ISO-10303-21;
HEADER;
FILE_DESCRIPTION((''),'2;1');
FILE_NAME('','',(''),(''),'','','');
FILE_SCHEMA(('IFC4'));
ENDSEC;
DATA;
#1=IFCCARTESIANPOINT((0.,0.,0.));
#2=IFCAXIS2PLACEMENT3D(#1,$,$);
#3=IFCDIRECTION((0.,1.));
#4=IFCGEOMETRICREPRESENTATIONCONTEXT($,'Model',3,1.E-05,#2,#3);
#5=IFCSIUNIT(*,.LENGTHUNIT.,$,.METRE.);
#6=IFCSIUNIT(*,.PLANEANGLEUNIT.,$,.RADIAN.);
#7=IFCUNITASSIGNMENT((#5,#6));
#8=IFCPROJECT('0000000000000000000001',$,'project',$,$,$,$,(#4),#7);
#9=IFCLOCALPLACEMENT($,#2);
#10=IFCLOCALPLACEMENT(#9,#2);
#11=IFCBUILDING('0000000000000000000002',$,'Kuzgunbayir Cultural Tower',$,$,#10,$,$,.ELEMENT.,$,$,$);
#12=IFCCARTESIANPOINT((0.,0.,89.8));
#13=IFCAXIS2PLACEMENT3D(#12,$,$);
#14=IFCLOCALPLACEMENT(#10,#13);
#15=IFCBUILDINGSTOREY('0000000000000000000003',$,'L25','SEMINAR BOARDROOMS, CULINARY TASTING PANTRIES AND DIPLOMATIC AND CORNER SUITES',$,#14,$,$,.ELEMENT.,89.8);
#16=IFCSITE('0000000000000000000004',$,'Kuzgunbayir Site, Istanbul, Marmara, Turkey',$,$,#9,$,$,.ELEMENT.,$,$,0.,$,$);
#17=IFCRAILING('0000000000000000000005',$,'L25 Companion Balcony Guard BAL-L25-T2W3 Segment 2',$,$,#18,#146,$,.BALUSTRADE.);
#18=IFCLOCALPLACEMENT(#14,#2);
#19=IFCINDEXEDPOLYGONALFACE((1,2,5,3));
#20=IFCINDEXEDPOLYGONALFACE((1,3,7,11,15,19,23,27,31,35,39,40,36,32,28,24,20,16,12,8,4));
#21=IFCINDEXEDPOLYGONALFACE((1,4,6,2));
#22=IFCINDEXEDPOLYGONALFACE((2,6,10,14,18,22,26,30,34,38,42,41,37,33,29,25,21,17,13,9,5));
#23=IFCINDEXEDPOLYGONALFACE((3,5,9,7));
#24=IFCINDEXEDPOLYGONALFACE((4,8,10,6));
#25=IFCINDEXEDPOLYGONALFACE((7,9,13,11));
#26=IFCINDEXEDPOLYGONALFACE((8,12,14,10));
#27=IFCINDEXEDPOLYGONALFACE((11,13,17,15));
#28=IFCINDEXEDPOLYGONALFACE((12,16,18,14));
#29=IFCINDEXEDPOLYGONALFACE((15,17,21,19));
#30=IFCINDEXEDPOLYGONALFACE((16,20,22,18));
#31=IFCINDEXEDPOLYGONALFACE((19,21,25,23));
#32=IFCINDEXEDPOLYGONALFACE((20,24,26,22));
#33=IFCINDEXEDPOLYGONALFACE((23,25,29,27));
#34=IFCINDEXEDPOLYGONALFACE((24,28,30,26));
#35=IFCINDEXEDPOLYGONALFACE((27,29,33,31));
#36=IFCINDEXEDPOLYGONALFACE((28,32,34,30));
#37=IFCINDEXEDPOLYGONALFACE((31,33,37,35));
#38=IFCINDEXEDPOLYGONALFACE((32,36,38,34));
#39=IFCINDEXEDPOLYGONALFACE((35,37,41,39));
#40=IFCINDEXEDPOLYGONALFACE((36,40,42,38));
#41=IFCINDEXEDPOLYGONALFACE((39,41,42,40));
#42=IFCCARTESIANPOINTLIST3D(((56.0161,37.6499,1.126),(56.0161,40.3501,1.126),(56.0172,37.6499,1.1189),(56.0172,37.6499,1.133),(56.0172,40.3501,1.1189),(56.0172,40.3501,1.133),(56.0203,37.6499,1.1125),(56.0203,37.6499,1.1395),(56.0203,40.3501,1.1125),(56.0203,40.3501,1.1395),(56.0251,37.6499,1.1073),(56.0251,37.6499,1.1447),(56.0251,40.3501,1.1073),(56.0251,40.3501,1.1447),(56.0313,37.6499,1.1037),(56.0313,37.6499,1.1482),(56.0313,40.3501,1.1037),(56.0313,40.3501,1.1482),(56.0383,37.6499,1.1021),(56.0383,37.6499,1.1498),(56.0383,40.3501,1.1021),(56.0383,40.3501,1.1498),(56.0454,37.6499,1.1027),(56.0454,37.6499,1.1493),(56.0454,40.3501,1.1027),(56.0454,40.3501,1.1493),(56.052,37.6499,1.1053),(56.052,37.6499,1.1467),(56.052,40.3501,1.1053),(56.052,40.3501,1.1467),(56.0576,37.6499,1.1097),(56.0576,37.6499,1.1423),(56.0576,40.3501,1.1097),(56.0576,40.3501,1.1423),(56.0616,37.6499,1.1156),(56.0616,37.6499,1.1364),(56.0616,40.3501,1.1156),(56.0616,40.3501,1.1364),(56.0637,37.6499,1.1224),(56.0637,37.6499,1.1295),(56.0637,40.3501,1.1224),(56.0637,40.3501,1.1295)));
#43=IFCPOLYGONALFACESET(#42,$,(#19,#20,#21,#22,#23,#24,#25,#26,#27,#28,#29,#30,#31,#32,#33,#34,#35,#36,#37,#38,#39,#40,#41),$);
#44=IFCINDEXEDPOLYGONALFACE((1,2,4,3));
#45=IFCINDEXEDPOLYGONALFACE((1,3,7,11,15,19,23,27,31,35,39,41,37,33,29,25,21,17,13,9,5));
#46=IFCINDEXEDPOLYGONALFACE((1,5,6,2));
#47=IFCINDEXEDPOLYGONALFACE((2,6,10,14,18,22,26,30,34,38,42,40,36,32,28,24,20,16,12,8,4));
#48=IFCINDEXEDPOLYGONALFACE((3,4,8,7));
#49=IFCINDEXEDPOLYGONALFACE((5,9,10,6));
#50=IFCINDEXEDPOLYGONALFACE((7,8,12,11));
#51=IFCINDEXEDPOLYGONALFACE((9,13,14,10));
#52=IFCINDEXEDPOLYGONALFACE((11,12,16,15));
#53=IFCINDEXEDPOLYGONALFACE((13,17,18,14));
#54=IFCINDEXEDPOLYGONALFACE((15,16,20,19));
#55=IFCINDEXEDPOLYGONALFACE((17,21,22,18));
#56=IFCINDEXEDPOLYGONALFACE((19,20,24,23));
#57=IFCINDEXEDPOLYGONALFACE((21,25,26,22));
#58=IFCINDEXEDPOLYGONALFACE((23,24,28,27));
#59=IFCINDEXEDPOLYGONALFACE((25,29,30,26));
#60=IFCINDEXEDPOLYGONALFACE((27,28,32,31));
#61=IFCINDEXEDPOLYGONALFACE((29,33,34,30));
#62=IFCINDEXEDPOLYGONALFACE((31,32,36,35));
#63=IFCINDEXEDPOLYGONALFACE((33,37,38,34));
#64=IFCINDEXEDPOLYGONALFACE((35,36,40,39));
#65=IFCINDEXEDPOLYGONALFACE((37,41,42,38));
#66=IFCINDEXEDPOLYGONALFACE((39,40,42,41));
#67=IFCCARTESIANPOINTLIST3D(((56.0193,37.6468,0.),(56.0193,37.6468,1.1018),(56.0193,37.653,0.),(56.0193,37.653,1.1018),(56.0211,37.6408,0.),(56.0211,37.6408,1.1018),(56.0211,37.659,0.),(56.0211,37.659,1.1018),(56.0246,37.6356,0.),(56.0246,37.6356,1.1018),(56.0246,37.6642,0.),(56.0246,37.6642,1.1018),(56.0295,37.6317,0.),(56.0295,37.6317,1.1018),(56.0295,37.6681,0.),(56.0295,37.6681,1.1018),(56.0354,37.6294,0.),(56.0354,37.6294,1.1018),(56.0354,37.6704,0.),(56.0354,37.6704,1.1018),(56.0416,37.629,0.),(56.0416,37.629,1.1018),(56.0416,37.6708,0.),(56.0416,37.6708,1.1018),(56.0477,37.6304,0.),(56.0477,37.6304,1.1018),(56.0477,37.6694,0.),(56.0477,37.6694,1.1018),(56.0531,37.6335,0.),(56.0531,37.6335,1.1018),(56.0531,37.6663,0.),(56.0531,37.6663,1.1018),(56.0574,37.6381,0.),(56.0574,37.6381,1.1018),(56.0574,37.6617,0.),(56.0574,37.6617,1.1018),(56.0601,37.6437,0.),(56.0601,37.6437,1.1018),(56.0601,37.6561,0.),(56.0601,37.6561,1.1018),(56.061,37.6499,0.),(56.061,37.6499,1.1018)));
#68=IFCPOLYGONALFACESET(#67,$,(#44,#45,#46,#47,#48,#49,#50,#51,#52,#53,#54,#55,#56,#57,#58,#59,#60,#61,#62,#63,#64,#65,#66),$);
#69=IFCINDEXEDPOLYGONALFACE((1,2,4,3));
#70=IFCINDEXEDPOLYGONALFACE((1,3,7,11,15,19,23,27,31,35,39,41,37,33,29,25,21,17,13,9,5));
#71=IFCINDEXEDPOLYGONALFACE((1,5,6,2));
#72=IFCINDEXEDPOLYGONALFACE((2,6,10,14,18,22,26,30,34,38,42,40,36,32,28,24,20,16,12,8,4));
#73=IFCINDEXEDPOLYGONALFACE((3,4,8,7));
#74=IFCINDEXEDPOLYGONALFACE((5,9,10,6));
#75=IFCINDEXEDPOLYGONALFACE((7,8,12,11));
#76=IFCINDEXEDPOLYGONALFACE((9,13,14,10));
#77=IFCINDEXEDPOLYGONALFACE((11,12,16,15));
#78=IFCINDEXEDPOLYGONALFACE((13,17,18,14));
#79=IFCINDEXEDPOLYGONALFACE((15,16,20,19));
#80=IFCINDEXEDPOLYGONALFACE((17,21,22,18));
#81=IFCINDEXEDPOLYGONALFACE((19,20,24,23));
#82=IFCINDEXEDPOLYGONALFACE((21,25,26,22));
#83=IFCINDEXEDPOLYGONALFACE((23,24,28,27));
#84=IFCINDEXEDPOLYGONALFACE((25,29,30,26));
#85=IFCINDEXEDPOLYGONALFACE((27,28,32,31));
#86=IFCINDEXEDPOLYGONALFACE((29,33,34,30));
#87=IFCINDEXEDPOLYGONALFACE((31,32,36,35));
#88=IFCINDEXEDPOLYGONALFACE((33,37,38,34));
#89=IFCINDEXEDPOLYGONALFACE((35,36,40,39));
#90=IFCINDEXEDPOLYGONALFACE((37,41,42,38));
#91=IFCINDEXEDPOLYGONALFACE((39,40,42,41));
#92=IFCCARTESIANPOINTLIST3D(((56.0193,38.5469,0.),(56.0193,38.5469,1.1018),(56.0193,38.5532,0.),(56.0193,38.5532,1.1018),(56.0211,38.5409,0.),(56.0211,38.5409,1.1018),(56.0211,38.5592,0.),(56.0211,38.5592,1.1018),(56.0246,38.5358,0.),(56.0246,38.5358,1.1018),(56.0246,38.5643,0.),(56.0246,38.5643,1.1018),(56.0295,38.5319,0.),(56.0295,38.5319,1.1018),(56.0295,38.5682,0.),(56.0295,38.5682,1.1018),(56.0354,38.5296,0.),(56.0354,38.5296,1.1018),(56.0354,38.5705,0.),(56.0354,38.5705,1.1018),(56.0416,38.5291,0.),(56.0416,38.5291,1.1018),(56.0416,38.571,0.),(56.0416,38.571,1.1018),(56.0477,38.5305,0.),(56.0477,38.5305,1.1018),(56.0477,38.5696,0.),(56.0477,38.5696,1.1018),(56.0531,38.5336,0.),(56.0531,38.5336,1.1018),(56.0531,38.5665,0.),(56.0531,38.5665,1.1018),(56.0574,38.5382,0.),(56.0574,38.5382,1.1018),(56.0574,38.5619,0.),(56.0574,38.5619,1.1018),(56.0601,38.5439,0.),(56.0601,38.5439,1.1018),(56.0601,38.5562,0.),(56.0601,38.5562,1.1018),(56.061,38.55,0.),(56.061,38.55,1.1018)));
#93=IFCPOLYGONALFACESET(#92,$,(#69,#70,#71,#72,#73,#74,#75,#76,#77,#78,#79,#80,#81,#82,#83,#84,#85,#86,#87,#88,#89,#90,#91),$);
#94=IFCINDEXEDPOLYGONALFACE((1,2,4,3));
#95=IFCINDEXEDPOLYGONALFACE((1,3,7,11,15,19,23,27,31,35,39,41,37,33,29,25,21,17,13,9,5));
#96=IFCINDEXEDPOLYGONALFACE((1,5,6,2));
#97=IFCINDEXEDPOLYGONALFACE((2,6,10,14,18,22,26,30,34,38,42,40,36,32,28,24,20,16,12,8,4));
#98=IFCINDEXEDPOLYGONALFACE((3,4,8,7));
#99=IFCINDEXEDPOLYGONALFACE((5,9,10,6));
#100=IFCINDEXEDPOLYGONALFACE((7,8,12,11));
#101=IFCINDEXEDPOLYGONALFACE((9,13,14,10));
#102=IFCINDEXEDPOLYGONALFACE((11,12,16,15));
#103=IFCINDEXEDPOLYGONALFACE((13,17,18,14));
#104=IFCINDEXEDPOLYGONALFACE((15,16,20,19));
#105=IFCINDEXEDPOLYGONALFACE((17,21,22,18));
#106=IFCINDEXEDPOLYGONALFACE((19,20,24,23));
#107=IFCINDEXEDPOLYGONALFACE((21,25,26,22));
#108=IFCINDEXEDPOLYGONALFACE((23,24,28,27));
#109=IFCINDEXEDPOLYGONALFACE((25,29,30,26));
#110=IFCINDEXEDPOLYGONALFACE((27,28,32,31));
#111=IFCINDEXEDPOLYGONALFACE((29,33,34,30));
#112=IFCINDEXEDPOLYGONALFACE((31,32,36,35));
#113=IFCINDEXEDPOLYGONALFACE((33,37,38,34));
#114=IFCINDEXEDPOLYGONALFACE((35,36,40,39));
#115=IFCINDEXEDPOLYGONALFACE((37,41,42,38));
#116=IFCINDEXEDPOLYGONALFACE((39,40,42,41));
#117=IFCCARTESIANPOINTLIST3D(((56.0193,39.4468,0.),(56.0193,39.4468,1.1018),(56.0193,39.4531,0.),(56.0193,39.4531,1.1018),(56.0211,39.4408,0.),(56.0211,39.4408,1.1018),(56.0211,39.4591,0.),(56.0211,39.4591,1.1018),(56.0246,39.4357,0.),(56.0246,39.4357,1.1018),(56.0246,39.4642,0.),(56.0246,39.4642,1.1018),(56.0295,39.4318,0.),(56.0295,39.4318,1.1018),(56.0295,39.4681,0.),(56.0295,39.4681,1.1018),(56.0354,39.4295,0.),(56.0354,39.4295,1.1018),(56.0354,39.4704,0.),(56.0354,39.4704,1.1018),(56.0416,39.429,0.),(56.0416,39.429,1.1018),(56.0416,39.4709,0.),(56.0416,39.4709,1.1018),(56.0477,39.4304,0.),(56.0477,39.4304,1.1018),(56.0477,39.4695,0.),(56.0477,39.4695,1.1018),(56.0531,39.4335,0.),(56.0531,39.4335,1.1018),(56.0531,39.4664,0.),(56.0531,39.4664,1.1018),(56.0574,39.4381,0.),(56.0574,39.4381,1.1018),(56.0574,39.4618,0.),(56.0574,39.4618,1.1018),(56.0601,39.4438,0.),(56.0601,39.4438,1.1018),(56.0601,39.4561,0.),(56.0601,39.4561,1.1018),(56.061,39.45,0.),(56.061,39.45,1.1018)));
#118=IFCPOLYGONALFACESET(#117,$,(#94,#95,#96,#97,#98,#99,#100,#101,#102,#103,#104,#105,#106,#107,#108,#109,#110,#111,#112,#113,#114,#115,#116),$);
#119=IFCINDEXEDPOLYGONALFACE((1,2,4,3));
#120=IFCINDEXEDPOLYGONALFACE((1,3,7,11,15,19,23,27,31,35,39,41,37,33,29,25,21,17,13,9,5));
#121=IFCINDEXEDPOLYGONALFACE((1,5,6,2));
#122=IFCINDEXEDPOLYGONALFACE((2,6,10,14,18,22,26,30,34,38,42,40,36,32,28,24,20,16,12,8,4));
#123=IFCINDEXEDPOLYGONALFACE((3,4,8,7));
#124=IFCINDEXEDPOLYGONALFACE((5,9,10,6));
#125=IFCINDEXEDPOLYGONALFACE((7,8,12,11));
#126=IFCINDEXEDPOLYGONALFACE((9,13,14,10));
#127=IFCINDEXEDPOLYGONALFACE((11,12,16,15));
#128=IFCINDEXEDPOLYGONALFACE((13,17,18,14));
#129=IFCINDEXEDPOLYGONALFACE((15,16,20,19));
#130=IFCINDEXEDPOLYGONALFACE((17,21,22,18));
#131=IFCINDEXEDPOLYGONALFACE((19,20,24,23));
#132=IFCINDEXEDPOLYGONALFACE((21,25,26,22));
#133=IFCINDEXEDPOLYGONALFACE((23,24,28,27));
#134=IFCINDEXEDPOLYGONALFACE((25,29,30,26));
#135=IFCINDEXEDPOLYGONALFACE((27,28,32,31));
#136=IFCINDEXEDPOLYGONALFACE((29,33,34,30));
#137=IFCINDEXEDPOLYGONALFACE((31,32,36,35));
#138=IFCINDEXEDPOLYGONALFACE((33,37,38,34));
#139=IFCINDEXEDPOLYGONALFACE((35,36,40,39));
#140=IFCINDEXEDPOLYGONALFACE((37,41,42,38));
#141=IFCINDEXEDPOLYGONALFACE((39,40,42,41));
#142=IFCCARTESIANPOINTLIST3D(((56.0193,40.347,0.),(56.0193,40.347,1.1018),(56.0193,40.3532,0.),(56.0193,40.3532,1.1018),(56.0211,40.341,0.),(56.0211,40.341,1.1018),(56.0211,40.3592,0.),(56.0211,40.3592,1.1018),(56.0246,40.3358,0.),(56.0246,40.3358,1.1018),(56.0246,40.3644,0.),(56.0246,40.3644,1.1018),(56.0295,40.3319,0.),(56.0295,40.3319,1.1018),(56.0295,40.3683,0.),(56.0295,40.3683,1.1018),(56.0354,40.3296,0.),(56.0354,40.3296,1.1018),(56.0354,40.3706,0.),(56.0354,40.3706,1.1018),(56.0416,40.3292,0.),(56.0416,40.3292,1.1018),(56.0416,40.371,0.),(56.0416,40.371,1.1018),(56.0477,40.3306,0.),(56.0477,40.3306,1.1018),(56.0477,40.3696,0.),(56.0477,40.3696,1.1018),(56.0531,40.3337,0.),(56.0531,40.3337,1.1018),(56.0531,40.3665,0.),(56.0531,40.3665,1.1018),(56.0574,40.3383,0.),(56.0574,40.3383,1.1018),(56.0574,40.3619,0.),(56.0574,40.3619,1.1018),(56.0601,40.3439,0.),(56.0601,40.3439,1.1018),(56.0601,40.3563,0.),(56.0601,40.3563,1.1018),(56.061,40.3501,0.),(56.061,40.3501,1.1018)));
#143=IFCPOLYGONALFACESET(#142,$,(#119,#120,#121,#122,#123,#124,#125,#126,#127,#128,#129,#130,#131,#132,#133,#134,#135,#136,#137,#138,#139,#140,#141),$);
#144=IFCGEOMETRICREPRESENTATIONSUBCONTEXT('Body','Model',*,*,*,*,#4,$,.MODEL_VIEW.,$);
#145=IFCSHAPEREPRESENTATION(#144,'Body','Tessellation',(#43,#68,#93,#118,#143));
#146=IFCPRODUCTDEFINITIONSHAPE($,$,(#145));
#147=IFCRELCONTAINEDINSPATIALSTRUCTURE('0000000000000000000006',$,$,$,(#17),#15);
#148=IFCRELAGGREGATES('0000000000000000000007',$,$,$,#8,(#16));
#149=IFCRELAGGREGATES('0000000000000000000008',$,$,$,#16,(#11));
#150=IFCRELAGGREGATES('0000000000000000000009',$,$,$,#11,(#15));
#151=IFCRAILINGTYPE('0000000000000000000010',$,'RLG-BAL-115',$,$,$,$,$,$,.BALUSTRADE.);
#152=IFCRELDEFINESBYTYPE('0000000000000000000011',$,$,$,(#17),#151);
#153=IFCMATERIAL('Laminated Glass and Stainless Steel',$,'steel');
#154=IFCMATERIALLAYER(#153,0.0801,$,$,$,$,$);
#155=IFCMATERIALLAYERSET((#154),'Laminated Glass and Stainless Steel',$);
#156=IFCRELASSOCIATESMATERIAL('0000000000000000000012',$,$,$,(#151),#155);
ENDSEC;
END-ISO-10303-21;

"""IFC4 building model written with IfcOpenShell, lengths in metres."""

from ifc_helpers import new_model, si_unit, direction, frame, origin, origin_2d, place, context, subcontext, project, spatial, circle, extrude, material, layer, layer_set, type_object, element, save


model = new_model("IFC4")

# Units and contexts
model_context = context("Model", 3, precision=1e-05, world=origin(), true_north=direction((0.0, 1.0)))
body_context = subcontext(model_context, "Body", "Model", "MODEL_VIEW")
ifc_project = project(units=[si_unit("LENGTHUNIT", "METRE"), si_unit("PLANEANGLEUNIT", "RADIAN")], contexts=[model_context])

# Site, building, storey
site_placement = place(None, origin())
site = spatial("IfcSite", under=ifc_project, at=site_placement, Name="Kuzgunbayir Site, Istanbul, Marmara, Turkey", CompositionType="ELEMENT", RefElevation=0.0)
building_placement = place(site_placement, origin())
building = spatial("IfcBuilding", under=site, at=building_placement, Name="Kuzgunbayir Cultural Tower", CompositionType="ELEMENT")
storey_placement = place(building_placement, frame((0.0, 0.0, 89.8)))
storey = spatial("IfcBuildingStorey", under=building, at=storey_placement, Name="L25", Description="SEMINAR BOARDROOMS, CULINARY TASTING PANTRIES AND DIPLOMATIC AND CORNER SUITES", CompositionType="ELEMENT", Elevation=89.8)

# Railing
ifc_material_1 = material(Name="Laminated Glass and Stainless Steel", Category="steel")
ifc_layer_1 = layer(ifc_material_1, 0.0801)
ifc_layer_set_1 = layer_set([ifc_layer_1], Name="Laminated Glass and Stainless Steel")
railing_type = type_object("IfcRailingType", Name="RLG-BAL-115", PredefinedType="BALUSTRADE", material=ifc_layer_set_1)
railing_1_placement = place(storey_placement, frame((56.04, 37.6499, 0.0)))
element("IfcRailing", 1, at=railing_1_placement, inside=storey, type_object=railing_type, Name="L25 Companion Balcony Guard BAL-L25-T2W3 Segment 2", PredefinedType="BALUSTRADE", context=body_context, shape_type="SweptSolid", body=[
    extrude(circle(Radius=0.0239, at=origin_2d()), frame((0.0, 0.0, 1.126), z_axis=(0.0, 1.0, 0.0), x_axis=(-1.0, 0.0, 0.0)), (0.0, 0.0, 1.0), 2.7002),
    extrude(circle(Radius=0.021, at=origin_2d()), origin(), (0.0, 0.0, 1.0), 1.1018),
    extrude(circle(Radius=0.021, at=origin_2d()), frame((0.0, 0.9001, 0.0)), (0.0, 0.0, 1.0), 1.1018),
    extrude(circle(Radius=0.021, at=origin_2d()), frame((0.0, 1.8, 0.0)), (0.0, 0.0, 1.0), 1.1018),
    extrude(circle(Radius=0.021, at=origin_2d()), frame((0.0, 2.7002, 0.0)), (0.0, 0.0, 1.0), 1.1018),
])

save(model, "model.ifc")
